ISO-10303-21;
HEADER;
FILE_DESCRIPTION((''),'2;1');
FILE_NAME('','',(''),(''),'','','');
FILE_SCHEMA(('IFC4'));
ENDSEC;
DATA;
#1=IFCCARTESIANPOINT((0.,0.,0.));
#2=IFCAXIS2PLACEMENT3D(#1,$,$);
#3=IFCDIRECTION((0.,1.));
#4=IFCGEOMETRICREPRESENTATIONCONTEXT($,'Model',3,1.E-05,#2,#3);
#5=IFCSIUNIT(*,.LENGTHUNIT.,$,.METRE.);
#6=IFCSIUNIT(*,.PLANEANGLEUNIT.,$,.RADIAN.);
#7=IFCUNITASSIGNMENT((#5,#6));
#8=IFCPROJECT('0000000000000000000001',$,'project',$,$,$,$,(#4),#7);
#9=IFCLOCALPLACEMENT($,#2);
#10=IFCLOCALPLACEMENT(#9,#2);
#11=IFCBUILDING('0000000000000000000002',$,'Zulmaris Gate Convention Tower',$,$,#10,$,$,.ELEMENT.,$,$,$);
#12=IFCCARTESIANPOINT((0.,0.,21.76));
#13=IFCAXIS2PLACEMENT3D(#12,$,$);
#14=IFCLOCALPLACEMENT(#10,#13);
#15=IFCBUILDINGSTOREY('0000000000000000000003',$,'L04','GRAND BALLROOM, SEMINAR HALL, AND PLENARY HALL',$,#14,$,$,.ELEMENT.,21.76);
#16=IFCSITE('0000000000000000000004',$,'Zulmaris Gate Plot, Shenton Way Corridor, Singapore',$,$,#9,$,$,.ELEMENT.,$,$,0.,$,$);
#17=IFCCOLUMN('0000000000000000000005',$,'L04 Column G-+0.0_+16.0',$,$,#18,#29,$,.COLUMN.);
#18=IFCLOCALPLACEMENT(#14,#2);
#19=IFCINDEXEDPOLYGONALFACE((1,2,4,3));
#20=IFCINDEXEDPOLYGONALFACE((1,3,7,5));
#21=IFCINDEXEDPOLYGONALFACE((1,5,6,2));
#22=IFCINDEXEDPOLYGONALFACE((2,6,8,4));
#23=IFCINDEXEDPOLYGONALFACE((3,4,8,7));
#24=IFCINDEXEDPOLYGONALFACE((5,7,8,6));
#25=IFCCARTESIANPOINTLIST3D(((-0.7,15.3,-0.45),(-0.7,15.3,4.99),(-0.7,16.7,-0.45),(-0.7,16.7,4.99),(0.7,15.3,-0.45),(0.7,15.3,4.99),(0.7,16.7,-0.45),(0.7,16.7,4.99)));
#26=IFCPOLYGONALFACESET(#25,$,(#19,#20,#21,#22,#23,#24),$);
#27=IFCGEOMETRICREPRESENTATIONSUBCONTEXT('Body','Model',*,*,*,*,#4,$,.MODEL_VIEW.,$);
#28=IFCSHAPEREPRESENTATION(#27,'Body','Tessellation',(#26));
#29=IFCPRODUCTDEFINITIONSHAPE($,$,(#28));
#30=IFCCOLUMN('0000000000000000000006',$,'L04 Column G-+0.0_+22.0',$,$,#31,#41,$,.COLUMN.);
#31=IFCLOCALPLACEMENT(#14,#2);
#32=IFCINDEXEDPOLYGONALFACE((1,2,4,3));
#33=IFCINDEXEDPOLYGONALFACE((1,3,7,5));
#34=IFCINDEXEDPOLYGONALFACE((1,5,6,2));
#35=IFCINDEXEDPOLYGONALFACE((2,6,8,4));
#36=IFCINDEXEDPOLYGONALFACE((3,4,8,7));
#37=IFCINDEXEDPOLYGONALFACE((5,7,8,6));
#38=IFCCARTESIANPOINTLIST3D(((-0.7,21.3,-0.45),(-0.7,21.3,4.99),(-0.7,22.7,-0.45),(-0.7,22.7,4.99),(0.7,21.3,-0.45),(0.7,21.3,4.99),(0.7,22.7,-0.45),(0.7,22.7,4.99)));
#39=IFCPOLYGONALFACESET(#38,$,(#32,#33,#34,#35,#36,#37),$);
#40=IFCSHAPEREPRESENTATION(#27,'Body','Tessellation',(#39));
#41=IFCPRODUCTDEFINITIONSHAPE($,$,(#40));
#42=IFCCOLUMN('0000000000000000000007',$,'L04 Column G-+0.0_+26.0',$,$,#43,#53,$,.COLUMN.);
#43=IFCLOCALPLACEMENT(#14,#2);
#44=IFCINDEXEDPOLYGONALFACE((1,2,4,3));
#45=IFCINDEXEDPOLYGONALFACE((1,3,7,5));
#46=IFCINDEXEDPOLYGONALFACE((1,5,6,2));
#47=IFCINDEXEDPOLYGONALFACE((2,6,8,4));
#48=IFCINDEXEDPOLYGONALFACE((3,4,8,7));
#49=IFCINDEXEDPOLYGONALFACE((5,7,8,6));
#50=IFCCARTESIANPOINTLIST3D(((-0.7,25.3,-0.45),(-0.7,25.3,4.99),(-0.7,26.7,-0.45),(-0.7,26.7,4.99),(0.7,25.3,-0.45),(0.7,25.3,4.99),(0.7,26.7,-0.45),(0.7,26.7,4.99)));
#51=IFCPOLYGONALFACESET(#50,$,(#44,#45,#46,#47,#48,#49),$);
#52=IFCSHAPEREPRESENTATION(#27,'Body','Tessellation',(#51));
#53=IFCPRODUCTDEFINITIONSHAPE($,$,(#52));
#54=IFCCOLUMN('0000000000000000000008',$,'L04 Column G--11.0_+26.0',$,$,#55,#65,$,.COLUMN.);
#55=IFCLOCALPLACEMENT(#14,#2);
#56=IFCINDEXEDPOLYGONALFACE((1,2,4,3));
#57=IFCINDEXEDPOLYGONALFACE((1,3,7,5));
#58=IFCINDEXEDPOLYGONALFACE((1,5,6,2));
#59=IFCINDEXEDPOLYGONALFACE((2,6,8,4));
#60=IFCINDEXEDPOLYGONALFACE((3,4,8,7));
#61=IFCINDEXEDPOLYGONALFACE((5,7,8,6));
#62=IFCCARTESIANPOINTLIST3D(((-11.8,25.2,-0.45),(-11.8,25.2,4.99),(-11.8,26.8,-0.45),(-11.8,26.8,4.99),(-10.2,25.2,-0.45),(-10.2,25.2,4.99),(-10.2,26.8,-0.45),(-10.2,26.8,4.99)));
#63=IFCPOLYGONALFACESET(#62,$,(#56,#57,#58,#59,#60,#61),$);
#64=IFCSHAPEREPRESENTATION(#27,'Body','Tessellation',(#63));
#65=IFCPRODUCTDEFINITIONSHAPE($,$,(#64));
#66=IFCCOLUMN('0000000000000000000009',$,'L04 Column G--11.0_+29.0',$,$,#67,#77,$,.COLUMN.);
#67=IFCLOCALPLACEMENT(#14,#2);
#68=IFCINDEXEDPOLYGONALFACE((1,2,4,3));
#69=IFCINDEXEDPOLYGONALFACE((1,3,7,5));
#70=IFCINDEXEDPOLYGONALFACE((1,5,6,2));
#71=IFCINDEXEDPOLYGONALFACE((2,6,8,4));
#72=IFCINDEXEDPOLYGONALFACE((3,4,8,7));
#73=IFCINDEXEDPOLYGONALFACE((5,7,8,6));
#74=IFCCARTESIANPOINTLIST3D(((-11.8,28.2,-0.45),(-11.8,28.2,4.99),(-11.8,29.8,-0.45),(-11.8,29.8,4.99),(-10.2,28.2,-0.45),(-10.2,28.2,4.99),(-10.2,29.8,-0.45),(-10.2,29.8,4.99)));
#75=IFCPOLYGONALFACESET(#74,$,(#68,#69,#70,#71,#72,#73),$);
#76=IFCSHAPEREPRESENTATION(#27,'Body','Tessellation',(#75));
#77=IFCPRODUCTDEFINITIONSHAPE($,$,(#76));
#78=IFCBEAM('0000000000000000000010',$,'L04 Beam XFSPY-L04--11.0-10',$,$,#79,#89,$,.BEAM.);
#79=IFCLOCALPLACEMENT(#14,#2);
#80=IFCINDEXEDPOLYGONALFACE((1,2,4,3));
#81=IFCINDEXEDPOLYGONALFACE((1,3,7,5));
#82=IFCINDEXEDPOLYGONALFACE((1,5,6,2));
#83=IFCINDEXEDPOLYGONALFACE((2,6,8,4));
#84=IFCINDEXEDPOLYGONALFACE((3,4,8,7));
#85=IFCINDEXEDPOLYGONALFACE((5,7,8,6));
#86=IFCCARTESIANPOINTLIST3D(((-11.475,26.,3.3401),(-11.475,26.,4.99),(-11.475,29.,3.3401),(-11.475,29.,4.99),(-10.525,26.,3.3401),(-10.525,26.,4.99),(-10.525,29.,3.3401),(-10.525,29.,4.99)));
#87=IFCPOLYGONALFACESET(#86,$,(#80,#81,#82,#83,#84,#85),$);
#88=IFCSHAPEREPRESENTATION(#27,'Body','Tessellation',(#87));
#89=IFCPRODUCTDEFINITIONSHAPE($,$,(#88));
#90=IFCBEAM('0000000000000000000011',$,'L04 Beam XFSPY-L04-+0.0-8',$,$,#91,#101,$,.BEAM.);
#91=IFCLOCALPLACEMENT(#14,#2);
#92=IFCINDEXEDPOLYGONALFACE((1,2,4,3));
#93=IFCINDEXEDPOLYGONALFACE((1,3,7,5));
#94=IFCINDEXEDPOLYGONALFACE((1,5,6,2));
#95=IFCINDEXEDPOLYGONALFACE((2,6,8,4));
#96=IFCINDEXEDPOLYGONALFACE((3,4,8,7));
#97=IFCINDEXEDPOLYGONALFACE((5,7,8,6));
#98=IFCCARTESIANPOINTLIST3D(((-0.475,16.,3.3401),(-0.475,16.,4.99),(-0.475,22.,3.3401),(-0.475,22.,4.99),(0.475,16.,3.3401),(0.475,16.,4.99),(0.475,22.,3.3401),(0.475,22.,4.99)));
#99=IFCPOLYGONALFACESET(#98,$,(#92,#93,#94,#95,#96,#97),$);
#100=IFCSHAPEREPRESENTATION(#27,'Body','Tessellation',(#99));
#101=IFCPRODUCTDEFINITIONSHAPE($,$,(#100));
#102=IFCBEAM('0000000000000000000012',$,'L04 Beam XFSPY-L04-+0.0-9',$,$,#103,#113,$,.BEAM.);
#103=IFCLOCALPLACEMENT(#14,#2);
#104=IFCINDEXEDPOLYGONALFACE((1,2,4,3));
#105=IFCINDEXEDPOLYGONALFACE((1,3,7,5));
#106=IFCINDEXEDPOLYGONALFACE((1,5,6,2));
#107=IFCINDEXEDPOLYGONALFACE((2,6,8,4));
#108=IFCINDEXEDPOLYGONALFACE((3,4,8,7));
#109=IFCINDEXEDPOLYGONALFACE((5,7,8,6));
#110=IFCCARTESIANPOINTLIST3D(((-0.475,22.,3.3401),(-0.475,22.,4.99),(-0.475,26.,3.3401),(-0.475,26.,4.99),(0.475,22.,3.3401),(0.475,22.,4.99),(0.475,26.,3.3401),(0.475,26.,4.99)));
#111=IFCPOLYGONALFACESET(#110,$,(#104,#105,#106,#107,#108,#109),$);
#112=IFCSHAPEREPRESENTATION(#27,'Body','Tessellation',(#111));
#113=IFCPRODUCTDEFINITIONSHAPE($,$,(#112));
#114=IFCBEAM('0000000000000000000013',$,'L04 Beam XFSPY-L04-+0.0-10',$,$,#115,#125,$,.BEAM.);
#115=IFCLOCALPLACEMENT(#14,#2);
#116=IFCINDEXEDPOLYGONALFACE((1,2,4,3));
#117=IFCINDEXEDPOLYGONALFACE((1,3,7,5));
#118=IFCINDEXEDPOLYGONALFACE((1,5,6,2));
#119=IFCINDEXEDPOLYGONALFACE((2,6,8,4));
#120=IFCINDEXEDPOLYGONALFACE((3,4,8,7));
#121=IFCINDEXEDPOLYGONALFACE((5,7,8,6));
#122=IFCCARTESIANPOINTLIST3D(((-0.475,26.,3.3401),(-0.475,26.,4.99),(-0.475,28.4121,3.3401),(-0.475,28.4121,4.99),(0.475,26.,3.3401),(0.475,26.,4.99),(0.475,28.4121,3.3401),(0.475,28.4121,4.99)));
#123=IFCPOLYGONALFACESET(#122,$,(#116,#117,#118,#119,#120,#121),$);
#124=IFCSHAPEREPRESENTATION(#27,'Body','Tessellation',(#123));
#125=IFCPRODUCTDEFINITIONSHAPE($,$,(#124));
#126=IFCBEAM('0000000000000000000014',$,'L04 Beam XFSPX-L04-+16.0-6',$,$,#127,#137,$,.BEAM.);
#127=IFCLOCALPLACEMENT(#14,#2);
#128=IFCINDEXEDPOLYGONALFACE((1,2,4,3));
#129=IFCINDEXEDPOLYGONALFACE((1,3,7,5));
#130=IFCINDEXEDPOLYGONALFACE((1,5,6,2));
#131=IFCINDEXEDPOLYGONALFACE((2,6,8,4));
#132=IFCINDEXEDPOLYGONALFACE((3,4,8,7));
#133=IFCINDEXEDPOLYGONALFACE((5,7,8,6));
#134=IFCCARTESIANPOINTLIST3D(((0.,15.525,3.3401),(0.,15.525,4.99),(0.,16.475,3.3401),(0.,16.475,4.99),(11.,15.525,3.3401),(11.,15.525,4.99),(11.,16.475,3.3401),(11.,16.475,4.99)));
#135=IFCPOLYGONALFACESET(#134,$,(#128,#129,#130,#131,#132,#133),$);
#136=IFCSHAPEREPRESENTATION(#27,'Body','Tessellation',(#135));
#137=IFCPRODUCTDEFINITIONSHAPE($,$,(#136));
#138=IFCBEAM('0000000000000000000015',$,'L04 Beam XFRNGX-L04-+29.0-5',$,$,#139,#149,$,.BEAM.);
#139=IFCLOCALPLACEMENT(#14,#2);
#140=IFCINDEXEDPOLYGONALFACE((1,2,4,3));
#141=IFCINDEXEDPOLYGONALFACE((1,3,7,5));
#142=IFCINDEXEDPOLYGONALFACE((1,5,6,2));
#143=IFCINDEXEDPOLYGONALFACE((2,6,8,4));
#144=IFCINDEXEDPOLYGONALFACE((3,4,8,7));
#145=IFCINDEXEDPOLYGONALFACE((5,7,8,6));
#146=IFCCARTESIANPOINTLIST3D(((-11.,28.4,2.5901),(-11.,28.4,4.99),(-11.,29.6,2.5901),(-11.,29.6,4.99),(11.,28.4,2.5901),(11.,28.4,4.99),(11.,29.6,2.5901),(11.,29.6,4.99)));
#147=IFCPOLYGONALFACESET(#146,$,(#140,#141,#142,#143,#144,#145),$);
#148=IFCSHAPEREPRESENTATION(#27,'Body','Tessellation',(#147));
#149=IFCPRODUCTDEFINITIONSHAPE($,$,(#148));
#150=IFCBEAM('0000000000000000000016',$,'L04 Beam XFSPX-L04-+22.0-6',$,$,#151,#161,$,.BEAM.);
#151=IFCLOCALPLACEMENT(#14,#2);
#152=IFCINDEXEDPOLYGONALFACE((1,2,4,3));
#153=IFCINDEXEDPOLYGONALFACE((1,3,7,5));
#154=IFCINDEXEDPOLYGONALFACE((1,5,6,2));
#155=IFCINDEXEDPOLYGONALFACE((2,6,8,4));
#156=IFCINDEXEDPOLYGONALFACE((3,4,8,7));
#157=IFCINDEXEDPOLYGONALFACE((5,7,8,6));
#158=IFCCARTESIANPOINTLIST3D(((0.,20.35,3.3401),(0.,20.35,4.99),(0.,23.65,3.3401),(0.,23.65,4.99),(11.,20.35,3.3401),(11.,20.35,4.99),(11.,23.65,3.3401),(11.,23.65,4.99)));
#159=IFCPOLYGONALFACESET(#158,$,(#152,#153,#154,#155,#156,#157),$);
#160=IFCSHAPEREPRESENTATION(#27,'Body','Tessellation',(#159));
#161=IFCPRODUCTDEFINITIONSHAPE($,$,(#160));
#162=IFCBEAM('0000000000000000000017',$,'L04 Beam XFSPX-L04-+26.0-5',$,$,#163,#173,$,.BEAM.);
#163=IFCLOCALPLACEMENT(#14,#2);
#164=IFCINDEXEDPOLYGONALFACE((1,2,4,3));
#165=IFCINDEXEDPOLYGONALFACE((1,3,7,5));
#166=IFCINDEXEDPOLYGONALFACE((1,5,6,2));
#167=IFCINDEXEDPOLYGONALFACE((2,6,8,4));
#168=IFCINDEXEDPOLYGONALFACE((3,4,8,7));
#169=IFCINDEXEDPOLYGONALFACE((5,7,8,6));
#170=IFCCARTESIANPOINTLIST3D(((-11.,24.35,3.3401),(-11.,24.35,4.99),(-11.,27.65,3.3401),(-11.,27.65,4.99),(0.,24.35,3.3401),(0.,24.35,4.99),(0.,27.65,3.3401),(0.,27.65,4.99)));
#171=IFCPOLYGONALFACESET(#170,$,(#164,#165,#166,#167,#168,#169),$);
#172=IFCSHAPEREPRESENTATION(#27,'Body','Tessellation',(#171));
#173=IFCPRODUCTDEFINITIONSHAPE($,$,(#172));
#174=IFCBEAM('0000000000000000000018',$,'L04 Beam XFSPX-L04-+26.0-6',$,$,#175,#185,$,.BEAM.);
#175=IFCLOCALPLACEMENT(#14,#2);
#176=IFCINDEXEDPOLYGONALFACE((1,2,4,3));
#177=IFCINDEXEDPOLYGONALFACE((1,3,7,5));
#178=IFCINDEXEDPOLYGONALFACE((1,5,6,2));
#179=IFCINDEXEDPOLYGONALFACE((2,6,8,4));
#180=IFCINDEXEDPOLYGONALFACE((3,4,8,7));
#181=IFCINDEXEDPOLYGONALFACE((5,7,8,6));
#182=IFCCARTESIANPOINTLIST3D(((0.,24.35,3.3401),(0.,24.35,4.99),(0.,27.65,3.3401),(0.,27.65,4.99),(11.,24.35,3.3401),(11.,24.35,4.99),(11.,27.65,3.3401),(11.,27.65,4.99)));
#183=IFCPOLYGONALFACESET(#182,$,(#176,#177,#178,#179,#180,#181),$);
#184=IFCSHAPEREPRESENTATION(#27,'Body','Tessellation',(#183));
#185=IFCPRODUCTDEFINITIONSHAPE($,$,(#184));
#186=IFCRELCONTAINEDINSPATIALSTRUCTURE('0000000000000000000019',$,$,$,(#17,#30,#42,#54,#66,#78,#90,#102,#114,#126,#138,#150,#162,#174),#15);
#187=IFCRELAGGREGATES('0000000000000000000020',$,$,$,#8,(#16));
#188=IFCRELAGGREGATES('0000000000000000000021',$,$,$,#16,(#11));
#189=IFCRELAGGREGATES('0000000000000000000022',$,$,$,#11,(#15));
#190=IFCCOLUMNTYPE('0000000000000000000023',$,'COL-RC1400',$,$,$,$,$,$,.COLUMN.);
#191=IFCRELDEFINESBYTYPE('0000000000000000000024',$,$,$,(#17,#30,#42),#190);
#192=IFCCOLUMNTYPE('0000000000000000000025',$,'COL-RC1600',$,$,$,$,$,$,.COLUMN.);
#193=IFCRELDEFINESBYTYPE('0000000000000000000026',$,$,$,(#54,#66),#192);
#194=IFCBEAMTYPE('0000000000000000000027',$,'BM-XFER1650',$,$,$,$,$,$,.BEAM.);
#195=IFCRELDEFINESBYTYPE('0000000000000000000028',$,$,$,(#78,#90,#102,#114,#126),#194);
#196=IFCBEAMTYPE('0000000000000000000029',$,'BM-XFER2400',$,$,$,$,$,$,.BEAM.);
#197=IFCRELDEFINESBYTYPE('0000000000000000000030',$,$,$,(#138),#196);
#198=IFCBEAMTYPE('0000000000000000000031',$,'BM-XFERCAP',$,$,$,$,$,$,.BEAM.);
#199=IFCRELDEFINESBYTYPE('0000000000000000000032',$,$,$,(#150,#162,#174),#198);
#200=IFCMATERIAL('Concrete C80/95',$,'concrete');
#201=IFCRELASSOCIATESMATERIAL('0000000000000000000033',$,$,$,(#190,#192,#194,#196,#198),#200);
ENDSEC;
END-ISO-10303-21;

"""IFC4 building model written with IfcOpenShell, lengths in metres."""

from ifc_helpers import new_model, si_unit, direction, frame, origin, origin_2d, place, context, subcontext, project, spatial, rectangle, extrude, material, material_profile, profile_set, type_object, element, save


model = new_model("IFC4")

# Units and contexts
model_context = context("Model", 3, precision=1e-05, world=origin(), true_north=direction((0.0, 1.0)))
body_context = subcontext(model_context, "Body", "Model", "MODEL_VIEW")
ifc_project = project(units=[si_unit("LENGTHUNIT", "METRE"), si_unit("PLANEANGLEUNIT", "RADIAN")], contexts=[model_context])

# Site, building, storey
site_placement = place(None, origin())
site = spatial("IfcSite", under=ifc_project, at=site_placement, Name="Zulmaris Gate Plot, Shenton Way Corridor, Singapore", CompositionType="ELEMENT", RefElevation=0.0)
building_placement = place(site_placement, origin())
building = spatial("IfcBuilding", under=site, at=building_placement, Name="Zulmaris Gate Convention Tower", CompositionType="ELEMENT")
storey_placement = place(building_placement, frame((0.0, 0.0, 21.76)))
storey = spatial("IfcBuildingStorey", under=building, at=storey_placement, Name="L04", Description="GRAND BALLROOM, SEMINAR HALL, AND PLENARY HALL", CompositionType="ELEMENT", Elevation=21.76)

# Columns
ifc_material_1 = material(Name="Concrete C80/95", Category="concrete")
ifc_material_profile_1 = material_profile(ifc_material_1, rectangle(XDim=1.3999, YDim=1.3999, at=origin_2d()), Name="RC COL 1400x1400")
ifc_profile_set_1 = profile_set([ifc_material_profile_1], Name="Concrete C80/95")
column_type_1 = type_object("IfcColumnType", Name="COL-RC1400", PredefinedType="COLUMN", material=ifc_profile_set_1)
for number, where, z_axis, x_axis, name in (
    (1, (0.0, 16.0, -0.45), (0.0, 0.0, 1.0), (1.0, 0.0, 0.0), "L04 Column G-+0.0_+16.0"),
    (2, (0.0, 22.0, -0.45), (0.0, 0.0, 1.0), (1.0, 0.0, 0.0), "L04 Column G-+0.0_+22.0"),
    (3, (0.0, 26.0, -0.45), (0.0, 0.0, 1.0), (1.0, 0.0, 0.0), "L04 Column G-+0.0_+26.0"),
):
    element("IfcColumn", number, at=place(storey_placement, frame(where, z_axis=z_axis, x_axis=x_axis)), inside=storey, type_object=column_type_1, Name=name, PredefinedType="COLUMN", context=body_context, shape_type="SweptSolid", body=[
        extrude(rectangle(XDim=1.3999, YDim=1.3999, at=origin_2d()), origin(), (0.0, 0.0, 1.0), 5.4399),
    ])
ifc_material_profile_2 = material_profile(ifc_material_1, rectangle(XDim=1.6001, YDim=1.6001, at=origin_2d()), Name="RC COL 1600x1600")
ifc_profile_set_2 = profile_set([ifc_material_profile_2], Name="Concrete C80/95")
column_type_2 = type_object("IfcColumnType", Name="COL-RC1600", PredefinedType="COLUMN", material=ifc_profile_set_2)
for number, where, z_axis, x_axis, name in (
    (4, (-11.0, 26.0, -0.45), (0.0, 0.0, 1.0), (1.0, 0.0, 0.0), "L04 Column G--11.0_+26.0"),
    (5, (-11.0, 29.0, -0.45), (0.0, 0.0, 1.0), (1.0, 0.0, 0.0), "L04 Column G--11.0_+29.0"),
):
    element("IfcColumn", number, at=place(storey_placement, frame(where, z_axis=z_axis, x_axis=x_axis)), inside=storey, type_object=column_type_2, Name=name, PredefinedType="COLUMN", context=body_context, shape_type="SweptSolid", body=[
        extrude(rectangle(XDim=1.6001, YDim=1.6001, at=origin_2d()), origin(), (0.0, 0.0, 1.0), 5.4399),
    ])

# Beams
ifc_material_profile_3 = material_profile(ifc_material_1, rectangle(XDim=0.95, YDim=1.6499, at=origin_2d()), Name="RC TRANSFER 950x1650")
ifc_profile_set_3 = profile_set([ifc_material_profile_3], Name="Concrete C80/95")
beam_type_1 = type_object("IfcBeamType", Name="BM-XFER1650", PredefinedType="BEAM", material=ifc_profile_set_3)
beam_1_placement = place(storey_placement, frame((-11.0, 26.0, 4.165), z_axis=(0.0, 1.0, 0.0), x_axis=(-1.0, 0.0, 0.0)))
element("IfcBeam", 6, at=beam_1_placement, inside=storey, type_object=beam_type_1, Name="L04 Beam XFSPY-L04--11.0-10", PredefinedType="BEAM", context=body_context, shape_type="SweptSolid", body=[
    extrude(rectangle(XDim=0.95, YDim=1.6499, at=origin_2d()), origin(), (0.0, 0.0, 1.0), 3.0),
])
beam_2_placement = place(storey_placement, frame((0.0, 16.0, 4.165), z_axis=(0.0, 1.0, 0.0), x_axis=(-1.0, 0.0, 0.0)))
element("IfcBeam", 7, at=beam_2_placement, inside=storey, type_object=beam_type_1, Name="L04 Beam XFSPY-L04-+0.0-8", PredefinedType="BEAM", context=body_context, shape_type="SweptSolid", body=[
    extrude(rectangle(XDim=0.95, YDim=1.6499, at=origin_2d()), origin(), (0.0, 0.0, 1.0), 6.0),
])
beam_3_placement = place(storey_placement, frame((0.0, 22.0, 4.165), z_axis=(0.0, 1.0, 0.0), x_axis=(-1.0, 0.0, 0.0)))
element("IfcBeam", 8, at=beam_3_placement, inside=storey, type_object=beam_type_1, Name="L04 Beam XFSPY-L04-+0.0-9", PredefinedType="BEAM", context=body_context, shape_type="SweptSolid", body=[
    extrude(rectangle(XDim=0.95, YDim=1.6499, at=origin_2d()), origin(), (0.0, 0.0, 1.0), 4.0),
])
beam_4_placement = place(storey_placement, frame((0.0, 26.0, 4.165), z_axis=(0.0, 1.0, 0.0), x_axis=(-1.0, 0.0, 0.0)))
element("IfcBeam", 9, at=beam_4_placement, inside=storey, type_object=beam_type_1, Name="L04 Beam XFSPY-L04-+0.0-10", PredefinedType="BEAM", context=body_context, shape_type="SweptSolid", body=[
    extrude(rectangle(XDim=0.95, YDim=1.6499, at=origin_2d()), origin(), (0.0, 0.0, 1.0), 2.4121),
])
beam_5_placement = place(storey_placement, frame((0.0, 16.0, 4.165), z_axis=(1.0, 0.0, 0.0), x_axis=(0.0, 1.0, 0.0)))
element("IfcBeam", 10, at=beam_5_placement, inside=storey, type_object=beam_type_1, Name="L04 Beam XFSPX-L04-+16.0-6", PredefinedType="BEAM", context=body_context, shape_type="SweptSolid", body=[
    extrude(rectangle(XDim=0.95, YDim=1.6499, at=origin_2d()), origin(), (0.0, 0.0, 1.0), 11.0),
])
ifc_material_profile_4 = material_profile(ifc_material_1, rectangle(XDim=1.2, YDim=2.3999, at=origin_2d()), Name="RC TRANSFER 1200x2400")
ifc_profile_set_4 = profile_set([ifc_material_profile_4], Name="Concrete C80/95")
beam_type_2 = type_object("IfcBeamType", Name="BM-XFER2400", PredefinedType="BEAM", material=ifc_profile_set_4)
beam_6_placement = place(storey_placement, frame((-11.0, 29.0, 3.79), z_axis=(1.0, 0.0, 0.0), x_axis=(0.0, 1.0, 0.0)))
element("IfcBeam", 11, at=beam_6_placement, inside=storey, type_object=beam_type_2, Name="L04 Beam XFRNGX-L04-+29.0-5", PredefinedType="BEAM", context=body_context, shape_type="SweptSolid", body=[
    extrude(rectangle(XDim=1.2, YDim=2.3999, at=origin_2d()), origin(), (0.0, 0.0, 1.0), 22.0),
])
ifc_material_profile_5 = material_profile(ifc_material_1, rectangle(XDim=3.3, YDim=1.6499, at=origin_2d()), Name="RC TRANSFER 3300x1650")
ifc_profile_set_5 = profile_set([ifc_material_profile_5], Name="Concrete C80/95")
beam_type_3 = type_object("IfcBeamType", Name="BM-XFERCAP", PredefinedType="BEAM", material=ifc_profile_set_5)
for number, where, z_axis, x_axis, name in (
    (12, (0.0, 22.0, 4.165), (1.0, 0.0, 0.0), (0.0, 1.0, 0.0), "L04 Beam XFSPX-L04-+22.0-6"),
    (13, (-11.0, 26.0, 4.165), (1.0, 0.0, 0.0), (0.0, 1.0, 0.0), "L04 Beam XFSPX-L04-+26.0-5"),
    (14, (0.0, 26.0, 4.165), (1.0, 0.0, 0.0), (0.0, 1.0, 0.0), "L04 Beam XFSPX-L04-+26.0-6"),
):
    element("IfcBeam", number, at=place(storey_placement, frame(where, z_axis=z_axis, x_axis=x_axis)), inside=storey, type_object=beam_type_3, Name=name, PredefinedType="BEAM", context=body_context, shape_type="SweptSolid", body=[
        extrude(rectangle(XDim=3.3, YDim=1.6499, at=origin_2d()), origin(), (0.0, 0.0, 1.0), 11.0),
    ])

save(model, "model.ifc")
